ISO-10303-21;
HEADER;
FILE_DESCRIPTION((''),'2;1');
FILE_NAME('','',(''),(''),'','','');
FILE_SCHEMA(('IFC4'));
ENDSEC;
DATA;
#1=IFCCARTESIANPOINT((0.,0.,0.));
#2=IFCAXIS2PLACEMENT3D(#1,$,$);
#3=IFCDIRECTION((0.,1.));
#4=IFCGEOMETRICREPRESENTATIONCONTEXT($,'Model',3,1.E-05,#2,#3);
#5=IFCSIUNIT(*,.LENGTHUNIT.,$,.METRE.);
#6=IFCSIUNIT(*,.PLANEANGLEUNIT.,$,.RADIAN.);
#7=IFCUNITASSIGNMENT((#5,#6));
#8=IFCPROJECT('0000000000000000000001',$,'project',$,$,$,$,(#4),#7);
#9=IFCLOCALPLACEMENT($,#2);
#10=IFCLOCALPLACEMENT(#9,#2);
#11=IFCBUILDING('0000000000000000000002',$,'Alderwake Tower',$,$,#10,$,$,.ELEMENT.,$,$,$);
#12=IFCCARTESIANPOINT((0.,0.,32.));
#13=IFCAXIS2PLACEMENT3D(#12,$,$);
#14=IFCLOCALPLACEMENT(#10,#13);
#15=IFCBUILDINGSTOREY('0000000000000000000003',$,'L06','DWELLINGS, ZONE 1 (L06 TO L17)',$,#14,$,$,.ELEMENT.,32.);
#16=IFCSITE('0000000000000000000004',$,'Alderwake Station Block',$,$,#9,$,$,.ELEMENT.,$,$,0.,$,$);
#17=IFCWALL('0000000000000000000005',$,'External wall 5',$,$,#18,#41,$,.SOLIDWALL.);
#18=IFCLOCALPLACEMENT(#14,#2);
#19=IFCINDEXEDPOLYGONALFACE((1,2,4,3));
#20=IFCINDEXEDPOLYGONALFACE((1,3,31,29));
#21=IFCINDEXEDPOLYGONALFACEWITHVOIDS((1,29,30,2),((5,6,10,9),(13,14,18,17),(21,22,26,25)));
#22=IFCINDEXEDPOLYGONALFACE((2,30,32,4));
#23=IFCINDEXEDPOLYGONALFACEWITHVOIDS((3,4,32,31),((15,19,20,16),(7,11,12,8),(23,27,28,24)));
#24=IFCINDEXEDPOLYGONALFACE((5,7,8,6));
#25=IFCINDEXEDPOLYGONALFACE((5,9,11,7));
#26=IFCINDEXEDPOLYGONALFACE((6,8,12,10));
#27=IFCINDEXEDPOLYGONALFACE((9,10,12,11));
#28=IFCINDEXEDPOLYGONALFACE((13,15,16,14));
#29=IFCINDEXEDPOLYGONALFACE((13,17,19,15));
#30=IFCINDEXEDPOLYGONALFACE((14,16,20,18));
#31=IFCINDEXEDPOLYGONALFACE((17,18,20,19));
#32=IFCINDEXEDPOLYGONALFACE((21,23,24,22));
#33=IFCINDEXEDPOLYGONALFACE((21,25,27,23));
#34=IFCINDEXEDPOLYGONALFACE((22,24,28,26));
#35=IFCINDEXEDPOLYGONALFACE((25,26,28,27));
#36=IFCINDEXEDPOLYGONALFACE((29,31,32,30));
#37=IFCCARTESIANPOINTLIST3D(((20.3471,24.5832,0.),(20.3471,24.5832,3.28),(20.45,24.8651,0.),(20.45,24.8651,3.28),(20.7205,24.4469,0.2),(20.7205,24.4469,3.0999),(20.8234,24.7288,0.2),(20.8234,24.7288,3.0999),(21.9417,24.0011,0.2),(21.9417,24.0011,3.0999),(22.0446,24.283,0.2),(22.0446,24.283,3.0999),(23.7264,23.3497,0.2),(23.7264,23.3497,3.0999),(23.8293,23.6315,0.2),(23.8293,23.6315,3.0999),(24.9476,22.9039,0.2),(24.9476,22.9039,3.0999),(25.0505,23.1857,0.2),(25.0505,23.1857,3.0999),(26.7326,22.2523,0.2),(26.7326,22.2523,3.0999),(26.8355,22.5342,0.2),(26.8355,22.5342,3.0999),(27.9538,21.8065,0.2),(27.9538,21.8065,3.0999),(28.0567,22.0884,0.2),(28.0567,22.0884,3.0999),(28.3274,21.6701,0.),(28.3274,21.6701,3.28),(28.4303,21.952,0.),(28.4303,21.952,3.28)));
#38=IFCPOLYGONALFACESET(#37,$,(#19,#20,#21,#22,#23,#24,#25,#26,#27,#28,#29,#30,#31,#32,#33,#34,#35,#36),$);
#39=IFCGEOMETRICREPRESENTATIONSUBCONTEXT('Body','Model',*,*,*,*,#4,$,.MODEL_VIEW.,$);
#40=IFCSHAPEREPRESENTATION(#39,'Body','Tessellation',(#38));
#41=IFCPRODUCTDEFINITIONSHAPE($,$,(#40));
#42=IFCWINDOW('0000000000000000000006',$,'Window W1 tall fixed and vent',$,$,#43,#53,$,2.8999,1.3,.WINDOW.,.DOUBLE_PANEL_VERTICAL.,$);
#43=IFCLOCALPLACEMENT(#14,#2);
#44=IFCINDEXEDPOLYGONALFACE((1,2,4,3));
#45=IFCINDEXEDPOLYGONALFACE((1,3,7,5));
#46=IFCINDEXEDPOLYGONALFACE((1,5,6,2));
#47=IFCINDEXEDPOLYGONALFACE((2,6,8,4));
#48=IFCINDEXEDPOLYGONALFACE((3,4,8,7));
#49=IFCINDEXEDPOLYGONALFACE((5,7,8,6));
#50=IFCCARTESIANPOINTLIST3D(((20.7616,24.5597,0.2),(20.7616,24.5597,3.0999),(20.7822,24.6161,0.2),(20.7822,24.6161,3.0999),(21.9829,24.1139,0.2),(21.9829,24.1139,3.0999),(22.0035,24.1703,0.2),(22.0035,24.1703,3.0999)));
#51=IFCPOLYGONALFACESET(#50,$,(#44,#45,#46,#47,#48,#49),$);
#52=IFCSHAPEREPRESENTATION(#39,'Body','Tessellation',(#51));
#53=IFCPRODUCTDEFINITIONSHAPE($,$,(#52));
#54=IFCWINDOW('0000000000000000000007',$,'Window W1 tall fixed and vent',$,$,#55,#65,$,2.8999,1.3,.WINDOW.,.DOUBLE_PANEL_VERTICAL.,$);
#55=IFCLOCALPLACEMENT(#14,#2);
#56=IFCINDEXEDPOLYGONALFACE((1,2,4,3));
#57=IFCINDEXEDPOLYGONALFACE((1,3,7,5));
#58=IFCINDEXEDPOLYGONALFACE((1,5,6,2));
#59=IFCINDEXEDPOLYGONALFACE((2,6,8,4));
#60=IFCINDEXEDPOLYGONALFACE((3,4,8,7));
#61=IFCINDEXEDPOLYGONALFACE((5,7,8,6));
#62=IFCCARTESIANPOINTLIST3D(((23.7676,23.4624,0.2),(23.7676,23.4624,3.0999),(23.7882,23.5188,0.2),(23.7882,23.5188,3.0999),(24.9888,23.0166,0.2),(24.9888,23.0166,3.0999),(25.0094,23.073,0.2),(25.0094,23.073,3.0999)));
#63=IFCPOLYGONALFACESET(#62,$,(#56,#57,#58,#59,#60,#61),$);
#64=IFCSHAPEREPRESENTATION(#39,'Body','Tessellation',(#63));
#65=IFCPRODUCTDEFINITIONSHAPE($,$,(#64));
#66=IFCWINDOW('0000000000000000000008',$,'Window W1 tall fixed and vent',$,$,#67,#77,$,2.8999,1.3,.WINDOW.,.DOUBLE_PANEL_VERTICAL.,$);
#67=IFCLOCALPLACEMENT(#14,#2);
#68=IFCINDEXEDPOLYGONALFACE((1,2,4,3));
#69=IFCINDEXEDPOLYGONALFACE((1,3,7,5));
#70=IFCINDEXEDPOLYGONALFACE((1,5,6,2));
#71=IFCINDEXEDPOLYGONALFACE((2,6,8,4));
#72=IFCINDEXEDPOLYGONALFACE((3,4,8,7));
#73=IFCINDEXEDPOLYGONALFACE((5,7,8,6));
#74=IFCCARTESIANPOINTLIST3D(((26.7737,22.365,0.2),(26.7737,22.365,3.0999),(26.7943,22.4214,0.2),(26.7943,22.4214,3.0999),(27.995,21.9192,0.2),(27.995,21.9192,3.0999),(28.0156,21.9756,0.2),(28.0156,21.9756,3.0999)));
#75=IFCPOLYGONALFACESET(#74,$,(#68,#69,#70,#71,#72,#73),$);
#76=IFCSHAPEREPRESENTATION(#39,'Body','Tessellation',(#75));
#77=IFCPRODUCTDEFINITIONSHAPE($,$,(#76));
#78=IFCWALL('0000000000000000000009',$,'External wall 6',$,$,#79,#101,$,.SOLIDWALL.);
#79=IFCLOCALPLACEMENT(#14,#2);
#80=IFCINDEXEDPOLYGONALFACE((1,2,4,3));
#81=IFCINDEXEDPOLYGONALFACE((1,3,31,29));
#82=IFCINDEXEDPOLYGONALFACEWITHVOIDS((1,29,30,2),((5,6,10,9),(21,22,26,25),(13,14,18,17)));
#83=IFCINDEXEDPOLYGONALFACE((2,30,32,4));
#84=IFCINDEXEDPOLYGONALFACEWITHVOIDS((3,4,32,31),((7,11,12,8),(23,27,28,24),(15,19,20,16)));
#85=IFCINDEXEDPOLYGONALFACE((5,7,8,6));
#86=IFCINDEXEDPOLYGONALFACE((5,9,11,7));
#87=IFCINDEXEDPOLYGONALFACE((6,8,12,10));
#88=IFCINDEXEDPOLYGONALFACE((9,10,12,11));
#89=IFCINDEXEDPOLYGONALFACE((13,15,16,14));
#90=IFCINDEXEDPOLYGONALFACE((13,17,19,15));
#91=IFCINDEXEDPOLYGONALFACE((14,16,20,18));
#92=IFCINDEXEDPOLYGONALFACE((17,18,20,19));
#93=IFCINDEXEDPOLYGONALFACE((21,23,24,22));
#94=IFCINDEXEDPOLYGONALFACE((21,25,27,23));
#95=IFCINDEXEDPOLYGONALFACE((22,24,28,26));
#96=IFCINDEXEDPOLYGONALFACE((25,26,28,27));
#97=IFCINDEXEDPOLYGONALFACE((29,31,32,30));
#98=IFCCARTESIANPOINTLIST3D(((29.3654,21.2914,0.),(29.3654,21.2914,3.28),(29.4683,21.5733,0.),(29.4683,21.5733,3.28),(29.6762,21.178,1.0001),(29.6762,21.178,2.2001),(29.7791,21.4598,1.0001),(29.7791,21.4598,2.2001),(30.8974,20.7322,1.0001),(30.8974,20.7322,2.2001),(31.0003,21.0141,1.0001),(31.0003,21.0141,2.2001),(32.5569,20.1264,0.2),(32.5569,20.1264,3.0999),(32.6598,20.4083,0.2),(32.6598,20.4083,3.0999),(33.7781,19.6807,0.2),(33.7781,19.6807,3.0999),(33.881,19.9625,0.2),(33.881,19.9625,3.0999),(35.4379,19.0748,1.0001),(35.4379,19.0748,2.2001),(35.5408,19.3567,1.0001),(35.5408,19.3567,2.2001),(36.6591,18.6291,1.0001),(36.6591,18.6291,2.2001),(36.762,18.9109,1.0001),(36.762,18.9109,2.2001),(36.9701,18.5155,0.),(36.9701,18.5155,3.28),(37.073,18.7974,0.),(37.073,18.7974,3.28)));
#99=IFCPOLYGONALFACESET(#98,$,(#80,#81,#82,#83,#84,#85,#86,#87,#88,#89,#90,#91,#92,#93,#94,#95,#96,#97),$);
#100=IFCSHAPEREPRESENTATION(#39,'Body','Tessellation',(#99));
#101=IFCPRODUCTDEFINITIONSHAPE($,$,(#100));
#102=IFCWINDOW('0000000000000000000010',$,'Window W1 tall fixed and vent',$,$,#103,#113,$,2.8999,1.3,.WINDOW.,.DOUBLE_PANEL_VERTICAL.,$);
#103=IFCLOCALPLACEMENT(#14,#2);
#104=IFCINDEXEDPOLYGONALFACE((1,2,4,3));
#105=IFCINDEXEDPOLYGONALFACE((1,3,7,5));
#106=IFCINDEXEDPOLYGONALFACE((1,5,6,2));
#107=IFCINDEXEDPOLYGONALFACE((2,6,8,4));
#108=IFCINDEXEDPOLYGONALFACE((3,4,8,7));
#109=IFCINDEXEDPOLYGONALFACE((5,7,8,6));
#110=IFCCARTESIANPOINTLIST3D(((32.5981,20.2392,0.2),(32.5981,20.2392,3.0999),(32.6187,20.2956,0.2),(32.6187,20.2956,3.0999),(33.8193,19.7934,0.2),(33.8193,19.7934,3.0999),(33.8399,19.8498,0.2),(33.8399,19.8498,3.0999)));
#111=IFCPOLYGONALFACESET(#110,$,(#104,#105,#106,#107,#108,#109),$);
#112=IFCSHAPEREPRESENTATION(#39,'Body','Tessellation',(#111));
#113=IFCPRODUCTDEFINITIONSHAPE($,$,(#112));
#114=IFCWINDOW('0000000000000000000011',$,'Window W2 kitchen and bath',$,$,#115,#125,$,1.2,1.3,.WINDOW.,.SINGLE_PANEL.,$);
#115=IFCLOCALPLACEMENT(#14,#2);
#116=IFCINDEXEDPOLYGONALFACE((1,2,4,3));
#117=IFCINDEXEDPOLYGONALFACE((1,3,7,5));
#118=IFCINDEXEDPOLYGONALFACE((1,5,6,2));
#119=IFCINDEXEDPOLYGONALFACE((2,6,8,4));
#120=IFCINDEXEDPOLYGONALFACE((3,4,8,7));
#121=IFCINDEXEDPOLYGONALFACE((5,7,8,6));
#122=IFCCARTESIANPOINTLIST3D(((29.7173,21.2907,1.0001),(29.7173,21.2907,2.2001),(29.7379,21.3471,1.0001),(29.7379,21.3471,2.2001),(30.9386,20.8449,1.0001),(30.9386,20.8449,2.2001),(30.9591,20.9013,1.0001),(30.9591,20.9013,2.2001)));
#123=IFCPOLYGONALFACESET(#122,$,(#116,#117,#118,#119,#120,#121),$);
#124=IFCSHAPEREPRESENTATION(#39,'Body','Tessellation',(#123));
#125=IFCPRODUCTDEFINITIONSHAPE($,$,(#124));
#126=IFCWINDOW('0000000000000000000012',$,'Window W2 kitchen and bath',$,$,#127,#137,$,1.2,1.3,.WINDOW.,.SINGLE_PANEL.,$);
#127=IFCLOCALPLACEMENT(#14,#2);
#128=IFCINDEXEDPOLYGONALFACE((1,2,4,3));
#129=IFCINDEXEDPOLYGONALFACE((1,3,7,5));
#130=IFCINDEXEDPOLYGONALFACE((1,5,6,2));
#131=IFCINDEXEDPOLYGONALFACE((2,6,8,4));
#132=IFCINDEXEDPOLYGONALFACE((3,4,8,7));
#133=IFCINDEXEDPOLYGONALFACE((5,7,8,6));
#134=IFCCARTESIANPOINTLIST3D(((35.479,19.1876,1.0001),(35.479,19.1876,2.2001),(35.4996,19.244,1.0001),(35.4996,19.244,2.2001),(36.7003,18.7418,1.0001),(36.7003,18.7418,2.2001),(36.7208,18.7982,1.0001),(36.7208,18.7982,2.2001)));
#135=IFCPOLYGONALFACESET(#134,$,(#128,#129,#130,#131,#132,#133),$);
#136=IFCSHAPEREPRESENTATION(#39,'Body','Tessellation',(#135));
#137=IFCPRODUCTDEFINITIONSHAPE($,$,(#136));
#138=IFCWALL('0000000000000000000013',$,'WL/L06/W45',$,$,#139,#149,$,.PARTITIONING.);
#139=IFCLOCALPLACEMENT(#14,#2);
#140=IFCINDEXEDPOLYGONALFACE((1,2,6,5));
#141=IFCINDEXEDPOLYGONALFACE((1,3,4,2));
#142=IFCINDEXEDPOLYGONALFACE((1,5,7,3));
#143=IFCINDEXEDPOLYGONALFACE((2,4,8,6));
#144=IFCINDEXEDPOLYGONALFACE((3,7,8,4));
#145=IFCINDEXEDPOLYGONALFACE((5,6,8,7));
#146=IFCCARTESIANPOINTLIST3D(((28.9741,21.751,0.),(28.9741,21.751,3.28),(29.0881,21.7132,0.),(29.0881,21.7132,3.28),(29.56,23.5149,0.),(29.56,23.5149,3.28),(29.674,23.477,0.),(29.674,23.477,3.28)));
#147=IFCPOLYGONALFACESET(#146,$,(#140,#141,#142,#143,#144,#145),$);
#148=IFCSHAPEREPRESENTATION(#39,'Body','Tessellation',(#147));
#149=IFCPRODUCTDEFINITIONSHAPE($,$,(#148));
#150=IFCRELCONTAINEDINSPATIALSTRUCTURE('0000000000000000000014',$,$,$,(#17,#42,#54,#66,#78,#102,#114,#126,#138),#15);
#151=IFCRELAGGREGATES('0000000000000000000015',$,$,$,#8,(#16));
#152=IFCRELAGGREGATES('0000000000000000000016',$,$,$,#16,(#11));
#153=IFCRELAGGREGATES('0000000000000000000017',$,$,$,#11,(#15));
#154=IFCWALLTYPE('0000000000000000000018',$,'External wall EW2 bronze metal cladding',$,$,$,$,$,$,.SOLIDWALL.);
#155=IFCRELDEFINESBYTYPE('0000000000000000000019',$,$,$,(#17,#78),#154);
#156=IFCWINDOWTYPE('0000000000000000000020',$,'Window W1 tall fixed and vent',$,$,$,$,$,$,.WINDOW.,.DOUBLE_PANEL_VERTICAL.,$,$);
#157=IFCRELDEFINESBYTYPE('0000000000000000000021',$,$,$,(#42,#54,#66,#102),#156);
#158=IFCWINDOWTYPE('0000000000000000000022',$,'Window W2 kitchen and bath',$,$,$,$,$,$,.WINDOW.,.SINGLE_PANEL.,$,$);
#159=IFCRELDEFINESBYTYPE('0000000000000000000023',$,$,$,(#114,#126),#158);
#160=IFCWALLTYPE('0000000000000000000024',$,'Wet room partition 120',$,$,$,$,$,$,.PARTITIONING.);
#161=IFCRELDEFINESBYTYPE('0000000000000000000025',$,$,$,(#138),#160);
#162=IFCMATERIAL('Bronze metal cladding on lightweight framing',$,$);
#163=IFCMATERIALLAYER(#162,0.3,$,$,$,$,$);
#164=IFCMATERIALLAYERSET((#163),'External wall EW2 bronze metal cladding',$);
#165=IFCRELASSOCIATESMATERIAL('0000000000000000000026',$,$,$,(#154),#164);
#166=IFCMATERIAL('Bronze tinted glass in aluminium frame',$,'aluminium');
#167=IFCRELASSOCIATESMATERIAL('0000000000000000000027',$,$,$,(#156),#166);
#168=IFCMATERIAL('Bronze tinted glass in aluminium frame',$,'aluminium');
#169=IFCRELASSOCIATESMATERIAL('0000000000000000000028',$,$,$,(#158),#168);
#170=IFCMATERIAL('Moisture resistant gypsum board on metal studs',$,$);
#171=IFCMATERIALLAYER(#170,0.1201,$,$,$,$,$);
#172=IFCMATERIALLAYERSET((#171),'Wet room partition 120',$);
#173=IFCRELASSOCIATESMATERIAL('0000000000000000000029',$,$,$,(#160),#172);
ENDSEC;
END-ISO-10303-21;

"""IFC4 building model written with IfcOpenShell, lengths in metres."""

from ifc_helpers import new_model, si_unit, direction, frame, frame_2d, origin, place, context, subcontext, project, spatial, rectangle, extrude, material, layer, layer_set, type_object, element, fill, save


model = new_model("IFC4")

# Units and contexts
model_context = context("Model", 3, precision=1e-05, world=origin(), true_north=direction((0.0, 1.0)))
body_context = subcontext(model_context, "Body", "Model", "MODEL_VIEW")
ifc_project = project(units=[si_unit("LENGTHUNIT", "METRE"), si_unit("PLANEANGLEUNIT", "RADIAN")], contexts=[model_context])

# Site, building, storey
site_placement = place(None, origin())
site = spatial("IfcSite", under=ifc_project, at=site_placement, Name="Alderwake Station Block", CompositionType="ELEMENT", RefElevation=0.0)
building_placement = place(site_placement, origin())
building = spatial("IfcBuilding", under=site, at=building_placement, Name="Alderwake Tower", CompositionType="ELEMENT")
storey_placement = place(building_placement, frame((0.0, 0.0, 32.0)))
storey = spatial("IfcBuildingStorey", under=building, at=storey_placement, Name="L06", Description="DWELLINGS, ZONE 1 (L06 TO L17)", CompositionType="ELEMENT", Elevation=32.0)

# Shared definitions
ifc_material_1 = material(Name="Bronze metal cladding on lightweight framing")
ifc_layer_1 = layer(ifc_material_1, 0.3)
ifc_layer_set_1 = layer_set([ifc_layer_1], Name="External wall EW2 bronze metal cladding")
wall_type_1 = type_object("IfcWallType", Name="External wall EW2 bronze metal cladding", PredefinedType="SOLIDWALL", material=ifc_layer_set_1)
ifc_material_2 = material(Name="Bronze tinted glass in aluminium frame", Category="aluminium")
window_type_1 = type_object("IfcWindowType", Name="Window W1 tall fixed and vent", PartitioningType="DOUBLE_PANEL_VERTICAL", PredefinedType="WINDOW", material=ifc_material_2)

# Walls, openings, windows
wall_1_placement = place(storey_placement, frame((20.3987, 24.7241, 0.0), z_axis=(0.0, 0.0, 1.0), x_axis=(0.93937, -0.342906, 0.0)))
wall_1 = element("IfcWall", 1, at=wall_1_placement, inside=storey, type_object=wall_type_1, Name="External wall 5", PredefinedType="SOLIDWALL", context=body_context, shape_type="SweptSolid", body=[
    extrude(rectangle(XDim=8.4954, YDim=0.3, at=frame_2d((4.2476, 0.0))), origin(), (0.0, 0.0, 1.0), 3.28),
])
opening_1_placement = place(wall_1_placement, frame((0.3975, 0.0, 0.2)))
opening_1 = element("IfcOpeningElement", 2, at=opening_1_placement, cuts=wall_1, PredefinedType="OPENING", context=body_context, shape_type="SweptSolid", body=[
    extrude(rectangle(XDim=1.3, YDim=2.8999, at=frame_2d((0.6499, 1.45))), frame((0.0, 0.1599, 0.0), z_axis=(0.0, -1.0, 0.0), x_axis=(1.0, 0.0, 0.0)), (0.0, 0.0, 1.0), 0.3201),
])
opening_2_placement = place(wall_1_placement, frame((3.5974, 0.0, 0.2)))
opening_2 = element("IfcOpeningElement", 3, at=opening_2_placement, cuts=wall_1, PredefinedType="OPENING", context=body_context, shape_type="SweptSolid", body=[
    extrude(rectangle(XDim=1.3, YDim=2.8999, at=frame_2d((0.6499, 1.45))), frame((0.0, 0.1599, 0.0), z_axis=(0.0, -1.0, 0.0), x_axis=(1.0, 0.0, 0.0)), (0.0, 0.0, 1.0), 0.3201),
])
opening_3_placement = place(wall_1_placement, frame((6.7976, 0.0, 0.2)))
opening_3 = element("IfcOpeningElement", 4, at=opening_3_placement, cuts=wall_1, PredefinedType="OPENING", context=body_context, shape_type="SweptSolid", body=[
    extrude(rectangle(XDim=1.3, YDim=2.8999, at=frame_2d((0.6499, 1.45))), frame((0.0, 0.1599, 0.0), z_axis=(0.0, -1.0, 0.0), x_axis=(1.0, 0.0, 0.0)), (0.0, 0.0, 1.0), 0.3201),
])
window_1_placement = place(opening_1_placement, origin())
window_1 = element("IfcWindow", 5, at=window_1_placement, inside=storey, type_object=window_type_1, Name="Window W1 tall fixed and vent", OverallHeight=2.8999, OverallWidth=1.3, PartitioningType="DOUBLE_PANEL_VERTICAL", PredefinedType="WINDOW", context=body_context, shape_type="SweptSolid", body=[
    extrude(rectangle(XDim=1.3, YDim=2.8999, at=frame_2d((0.6499, 1.45))), frame((0.0, 0.03, 0.0), z_axis=(0.0, -1.0, 0.0), x_axis=(1.0, 0.0, 0.0)), (0.0, 0.0, 1.0), 0.0601),
])
fill(opening_1, window_1)
window_2_placement = place(opening_2_placement, origin())
window_2 = element("IfcWindow", 6, at=window_2_placement, inside=storey, type_object=window_type_1, Name="Window W1 tall fixed and vent", OverallHeight=2.8999, OverallWidth=1.3, PartitioningType="DOUBLE_PANEL_VERTICAL", PredefinedType="WINDOW", context=body_context, shape_type="SweptSolid", body=[
    extrude(rectangle(XDim=1.3, YDim=2.8999, at=frame_2d((0.6499, 1.45))), frame((0.0, 0.03, 0.0), z_axis=(0.0, -1.0, 0.0), x_axis=(1.0, 0.0, 0.0)), (0.0, 0.0, 1.0), 0.0601),
])
fill(opening_2, window_2)
window_3_placement = place(opening_3_placement, origin())
window_3 = element("IfcWindow", 7, at=window_3_placement, inside=storey, type_object=window_type_1, Name="Window W1 tall fixed and vent", OverallHeight=2.8999, OverallWidth=1.3, PartitioningType="DOUBLE_PANEL_VERTICAL", PredefinedType="WINDOW", context=body_context, shape_type="SweptSolid", body=[
    extrude(rectangle(XDim=1.3, YDim=2.8999, at=frame_2d((0.6499, 1.45))), frame((0.0, 0.03, 0.0), z_axis=(0.0, -1.0, 0.0), x_axis=(1.0, 0.0, 0.0)), (0.0, 0.0, 1.0), 0.0601),
])
fill(opening_3, window_3)
wall_2_placement = place(storey_placement, frame((29.4167, 21.4324, 0.0), z_axis=(0.0, 0.0, 1.0), x_axis=(0.939375, -0.342891, 0.0)))
wall_2 = element("IfcWall", 8, at=wall_2_placement, inside=storey, type_object=wall_type_1, Name="External wall 6", PredefinedType="SOLIDWALL", context=body_context, shape_type="SweptSolid", body=[
    extrude(rectangle(XDim=8.0955, YDim=0.3, at=frame_2d((4.0479, 0.0))), origin(), (0.0, 0.0, 1.0), 3.28),
])
opening_4_placement = place(wall_2_placement, frame((0.3311, 0.0, 1.0)))
opening_4 = element("IfcOpeningElement", 9, at=opening_4_placement, cuts=wall_2, PredefinedType="OPENING", context=body_context, shape_type="SweptSolid", body=[
    extrude(rectangle(XDim=1.3, YDim=1.2, at=frame_2d((0.6499, 0.6001))), frame((0.0, 0.1599, 0.0), z_axis=(0.0, -1.0, 0.0), x_axis=(1.0, 0.0, 0.0)), (0.0, 0.0, 1.0), 0.3201),
])
opening_5_placement = place(wall_2_placement, frame((3.3977, 0.0, 0.2)))
opening_5 = element("IfcOpeningElement", 10, at=opening_5_placement, cuts=wall_2, PredefinedType="OPENING", context=body_context, shape_type="SweptSolid", body=[
    extrude(rectangle(XDim=1.3, YDim=2.8999, at=frame_2d((0.6499, 1.45))), frame((0.0, 0.1599, 0.0), z_axis=(0.0, -1.0, 0.0), x_axis=(1.0, 0.0, 0.0)), (0.0, 0.0, 1.0), 0.3201),
])
opening_6_placement = place(wall_2_placement, frame((6.4646, 0.0, 1.0)))
opening_6 = element("IfcOpeningElement", 11, at=opening_6_placement, cuts=wall_2, PredefinedType="OPENING", context=body_context, shape_type="SweptSolid", body=[
    extrude(rectangle(XDim=1.3, YDim=1.2, at=frame_2d((0.6499, 0.6001))), frame((0.0, 0.1599, 0.0), z_axis=(0.0, -1.0, 0.0), x_axis=(1.0, 0.0, 0.0)), (0.0, 0.0, 1.0), 0.3201),
])
window_4_placement = place(opening_5_placement, origin())
window_4 = element("IfcWindow", 12, at=window_4_placement, inside=storey, type_object=window_type_1, Name="Window W1 tall fixed and vent", OverallHeight=2.8999, OverallWidth=1.3, PartitioningType="DOUBLE_PANEL_VERTICAL", PredefinedType="WINDOW", context=body_context, shape_type="SweptSolid", body=[
    extrude(rectangle(XDim=1.3, YDim=2.8999, at=frame_2d((0.6499, 1.45))), frame((0.0, 0.03, 0.0), z_axis=(0.0, -1.0, 0.0), x_axis=(1.0, 0.0, 0.0)), (0.0, 0.0, 1.0), 0.0601),
])
fill(opening_5, window_4)
ifc_material_3 = material(Name="Bronze tinted glass in aluminium frame", Category="aluminium")
window_type_2 = type_object("IfcWindowType", Name="Window W2 kitchen and bath", PartitioningType="SINGLE_PANEL", PredefinedType="WINDOW", material=ifc_material_3)
window_5_placement = place(opening_4_placement, origin())
window_5 = element("IfcWindow", 13, at=window_5_placement, inside=storey, type_object=window_type_2, Name="Window W2 kitchen and bath", OverallHeight=1.2, OverallWidth=1.3, PartitioningType="SINGLE_PANEL", PredefinedType="WINDOW", context=body_context, shape_type="SweptSolid", body=[
    extrude(rectangle(XDim=1.3, YDim=1.2, at=frame_2d((0.6499, 0.6001))), frame((0.0, 0.03, 0.0), z_axis=(0.0, -1.0, 0.0), x_axis=(1.0, 0.0, 0.0)), (0.0, 0.0, 1.0), 0.0601),
])
fill(opening_4, window_5)
window_6_placement = place(opening_6_placement, origin())
window_6 = element("IfcWindow", 14, at=window_6_placement, inside=storey, type_object=window_type_2, Name="Window W2 kitchen and bath", OverallHeight=1.2, OverallWidth=1.3, PartitioningType="SINGLE_PANEL", PredefinedType="WINDOW", context=body_context, shape_type="SweptSolid", body=[
    extrude(rectangle(XDim=1.3, YDim=1.2, at=frame_2d((0.6499, 0.6001))), frame((0.0, 0.03, 0.0), z_axis=(0.0, -1.0, 0.0), x_axis=(1.0, 0.0, 0.0)), (0.0, 0.0, 1.0), 0.0601),
])
fill(opening_6, window_6)

# Wall
ifc_material_4 = material(Name="Moisture resistant gypsum board on metal studs")
ifc_layer_2 = layer(ifc_material_4, 0.1201)
ifc_layer_set_2 = layer_set([ifc_layer_2], Name="Wet room partition 120")
wall_type_2 = type_object("IfcWallType", Name="Wet room partition 120", PredefinedType="PARTITIONING", material=ifc_layer_set_2)
wall_3_placement = place(storey_placement, frame((29.6169, 23.4958, 0.0), z_axis=(0.0, 0.0, 1.0), x_axis=(-0.315242, -0.949011, 0.0)))
element("IfcWall", 15, at=wall_3_placement, inside=storey, type_object=wall_type_2, Name="WL/L06/W45", PredefinedType="PARTITIONING", context=body_context, shape_type="SweptSolid", body=[
    extrude(rectangle(XDim=1.8586, YDim=0.1201, at=frame_2d((0.9292, 0.0))), origin(), (0.0, 0.0, 1.0), 3.28),
])

save(model, "model.ifc")
